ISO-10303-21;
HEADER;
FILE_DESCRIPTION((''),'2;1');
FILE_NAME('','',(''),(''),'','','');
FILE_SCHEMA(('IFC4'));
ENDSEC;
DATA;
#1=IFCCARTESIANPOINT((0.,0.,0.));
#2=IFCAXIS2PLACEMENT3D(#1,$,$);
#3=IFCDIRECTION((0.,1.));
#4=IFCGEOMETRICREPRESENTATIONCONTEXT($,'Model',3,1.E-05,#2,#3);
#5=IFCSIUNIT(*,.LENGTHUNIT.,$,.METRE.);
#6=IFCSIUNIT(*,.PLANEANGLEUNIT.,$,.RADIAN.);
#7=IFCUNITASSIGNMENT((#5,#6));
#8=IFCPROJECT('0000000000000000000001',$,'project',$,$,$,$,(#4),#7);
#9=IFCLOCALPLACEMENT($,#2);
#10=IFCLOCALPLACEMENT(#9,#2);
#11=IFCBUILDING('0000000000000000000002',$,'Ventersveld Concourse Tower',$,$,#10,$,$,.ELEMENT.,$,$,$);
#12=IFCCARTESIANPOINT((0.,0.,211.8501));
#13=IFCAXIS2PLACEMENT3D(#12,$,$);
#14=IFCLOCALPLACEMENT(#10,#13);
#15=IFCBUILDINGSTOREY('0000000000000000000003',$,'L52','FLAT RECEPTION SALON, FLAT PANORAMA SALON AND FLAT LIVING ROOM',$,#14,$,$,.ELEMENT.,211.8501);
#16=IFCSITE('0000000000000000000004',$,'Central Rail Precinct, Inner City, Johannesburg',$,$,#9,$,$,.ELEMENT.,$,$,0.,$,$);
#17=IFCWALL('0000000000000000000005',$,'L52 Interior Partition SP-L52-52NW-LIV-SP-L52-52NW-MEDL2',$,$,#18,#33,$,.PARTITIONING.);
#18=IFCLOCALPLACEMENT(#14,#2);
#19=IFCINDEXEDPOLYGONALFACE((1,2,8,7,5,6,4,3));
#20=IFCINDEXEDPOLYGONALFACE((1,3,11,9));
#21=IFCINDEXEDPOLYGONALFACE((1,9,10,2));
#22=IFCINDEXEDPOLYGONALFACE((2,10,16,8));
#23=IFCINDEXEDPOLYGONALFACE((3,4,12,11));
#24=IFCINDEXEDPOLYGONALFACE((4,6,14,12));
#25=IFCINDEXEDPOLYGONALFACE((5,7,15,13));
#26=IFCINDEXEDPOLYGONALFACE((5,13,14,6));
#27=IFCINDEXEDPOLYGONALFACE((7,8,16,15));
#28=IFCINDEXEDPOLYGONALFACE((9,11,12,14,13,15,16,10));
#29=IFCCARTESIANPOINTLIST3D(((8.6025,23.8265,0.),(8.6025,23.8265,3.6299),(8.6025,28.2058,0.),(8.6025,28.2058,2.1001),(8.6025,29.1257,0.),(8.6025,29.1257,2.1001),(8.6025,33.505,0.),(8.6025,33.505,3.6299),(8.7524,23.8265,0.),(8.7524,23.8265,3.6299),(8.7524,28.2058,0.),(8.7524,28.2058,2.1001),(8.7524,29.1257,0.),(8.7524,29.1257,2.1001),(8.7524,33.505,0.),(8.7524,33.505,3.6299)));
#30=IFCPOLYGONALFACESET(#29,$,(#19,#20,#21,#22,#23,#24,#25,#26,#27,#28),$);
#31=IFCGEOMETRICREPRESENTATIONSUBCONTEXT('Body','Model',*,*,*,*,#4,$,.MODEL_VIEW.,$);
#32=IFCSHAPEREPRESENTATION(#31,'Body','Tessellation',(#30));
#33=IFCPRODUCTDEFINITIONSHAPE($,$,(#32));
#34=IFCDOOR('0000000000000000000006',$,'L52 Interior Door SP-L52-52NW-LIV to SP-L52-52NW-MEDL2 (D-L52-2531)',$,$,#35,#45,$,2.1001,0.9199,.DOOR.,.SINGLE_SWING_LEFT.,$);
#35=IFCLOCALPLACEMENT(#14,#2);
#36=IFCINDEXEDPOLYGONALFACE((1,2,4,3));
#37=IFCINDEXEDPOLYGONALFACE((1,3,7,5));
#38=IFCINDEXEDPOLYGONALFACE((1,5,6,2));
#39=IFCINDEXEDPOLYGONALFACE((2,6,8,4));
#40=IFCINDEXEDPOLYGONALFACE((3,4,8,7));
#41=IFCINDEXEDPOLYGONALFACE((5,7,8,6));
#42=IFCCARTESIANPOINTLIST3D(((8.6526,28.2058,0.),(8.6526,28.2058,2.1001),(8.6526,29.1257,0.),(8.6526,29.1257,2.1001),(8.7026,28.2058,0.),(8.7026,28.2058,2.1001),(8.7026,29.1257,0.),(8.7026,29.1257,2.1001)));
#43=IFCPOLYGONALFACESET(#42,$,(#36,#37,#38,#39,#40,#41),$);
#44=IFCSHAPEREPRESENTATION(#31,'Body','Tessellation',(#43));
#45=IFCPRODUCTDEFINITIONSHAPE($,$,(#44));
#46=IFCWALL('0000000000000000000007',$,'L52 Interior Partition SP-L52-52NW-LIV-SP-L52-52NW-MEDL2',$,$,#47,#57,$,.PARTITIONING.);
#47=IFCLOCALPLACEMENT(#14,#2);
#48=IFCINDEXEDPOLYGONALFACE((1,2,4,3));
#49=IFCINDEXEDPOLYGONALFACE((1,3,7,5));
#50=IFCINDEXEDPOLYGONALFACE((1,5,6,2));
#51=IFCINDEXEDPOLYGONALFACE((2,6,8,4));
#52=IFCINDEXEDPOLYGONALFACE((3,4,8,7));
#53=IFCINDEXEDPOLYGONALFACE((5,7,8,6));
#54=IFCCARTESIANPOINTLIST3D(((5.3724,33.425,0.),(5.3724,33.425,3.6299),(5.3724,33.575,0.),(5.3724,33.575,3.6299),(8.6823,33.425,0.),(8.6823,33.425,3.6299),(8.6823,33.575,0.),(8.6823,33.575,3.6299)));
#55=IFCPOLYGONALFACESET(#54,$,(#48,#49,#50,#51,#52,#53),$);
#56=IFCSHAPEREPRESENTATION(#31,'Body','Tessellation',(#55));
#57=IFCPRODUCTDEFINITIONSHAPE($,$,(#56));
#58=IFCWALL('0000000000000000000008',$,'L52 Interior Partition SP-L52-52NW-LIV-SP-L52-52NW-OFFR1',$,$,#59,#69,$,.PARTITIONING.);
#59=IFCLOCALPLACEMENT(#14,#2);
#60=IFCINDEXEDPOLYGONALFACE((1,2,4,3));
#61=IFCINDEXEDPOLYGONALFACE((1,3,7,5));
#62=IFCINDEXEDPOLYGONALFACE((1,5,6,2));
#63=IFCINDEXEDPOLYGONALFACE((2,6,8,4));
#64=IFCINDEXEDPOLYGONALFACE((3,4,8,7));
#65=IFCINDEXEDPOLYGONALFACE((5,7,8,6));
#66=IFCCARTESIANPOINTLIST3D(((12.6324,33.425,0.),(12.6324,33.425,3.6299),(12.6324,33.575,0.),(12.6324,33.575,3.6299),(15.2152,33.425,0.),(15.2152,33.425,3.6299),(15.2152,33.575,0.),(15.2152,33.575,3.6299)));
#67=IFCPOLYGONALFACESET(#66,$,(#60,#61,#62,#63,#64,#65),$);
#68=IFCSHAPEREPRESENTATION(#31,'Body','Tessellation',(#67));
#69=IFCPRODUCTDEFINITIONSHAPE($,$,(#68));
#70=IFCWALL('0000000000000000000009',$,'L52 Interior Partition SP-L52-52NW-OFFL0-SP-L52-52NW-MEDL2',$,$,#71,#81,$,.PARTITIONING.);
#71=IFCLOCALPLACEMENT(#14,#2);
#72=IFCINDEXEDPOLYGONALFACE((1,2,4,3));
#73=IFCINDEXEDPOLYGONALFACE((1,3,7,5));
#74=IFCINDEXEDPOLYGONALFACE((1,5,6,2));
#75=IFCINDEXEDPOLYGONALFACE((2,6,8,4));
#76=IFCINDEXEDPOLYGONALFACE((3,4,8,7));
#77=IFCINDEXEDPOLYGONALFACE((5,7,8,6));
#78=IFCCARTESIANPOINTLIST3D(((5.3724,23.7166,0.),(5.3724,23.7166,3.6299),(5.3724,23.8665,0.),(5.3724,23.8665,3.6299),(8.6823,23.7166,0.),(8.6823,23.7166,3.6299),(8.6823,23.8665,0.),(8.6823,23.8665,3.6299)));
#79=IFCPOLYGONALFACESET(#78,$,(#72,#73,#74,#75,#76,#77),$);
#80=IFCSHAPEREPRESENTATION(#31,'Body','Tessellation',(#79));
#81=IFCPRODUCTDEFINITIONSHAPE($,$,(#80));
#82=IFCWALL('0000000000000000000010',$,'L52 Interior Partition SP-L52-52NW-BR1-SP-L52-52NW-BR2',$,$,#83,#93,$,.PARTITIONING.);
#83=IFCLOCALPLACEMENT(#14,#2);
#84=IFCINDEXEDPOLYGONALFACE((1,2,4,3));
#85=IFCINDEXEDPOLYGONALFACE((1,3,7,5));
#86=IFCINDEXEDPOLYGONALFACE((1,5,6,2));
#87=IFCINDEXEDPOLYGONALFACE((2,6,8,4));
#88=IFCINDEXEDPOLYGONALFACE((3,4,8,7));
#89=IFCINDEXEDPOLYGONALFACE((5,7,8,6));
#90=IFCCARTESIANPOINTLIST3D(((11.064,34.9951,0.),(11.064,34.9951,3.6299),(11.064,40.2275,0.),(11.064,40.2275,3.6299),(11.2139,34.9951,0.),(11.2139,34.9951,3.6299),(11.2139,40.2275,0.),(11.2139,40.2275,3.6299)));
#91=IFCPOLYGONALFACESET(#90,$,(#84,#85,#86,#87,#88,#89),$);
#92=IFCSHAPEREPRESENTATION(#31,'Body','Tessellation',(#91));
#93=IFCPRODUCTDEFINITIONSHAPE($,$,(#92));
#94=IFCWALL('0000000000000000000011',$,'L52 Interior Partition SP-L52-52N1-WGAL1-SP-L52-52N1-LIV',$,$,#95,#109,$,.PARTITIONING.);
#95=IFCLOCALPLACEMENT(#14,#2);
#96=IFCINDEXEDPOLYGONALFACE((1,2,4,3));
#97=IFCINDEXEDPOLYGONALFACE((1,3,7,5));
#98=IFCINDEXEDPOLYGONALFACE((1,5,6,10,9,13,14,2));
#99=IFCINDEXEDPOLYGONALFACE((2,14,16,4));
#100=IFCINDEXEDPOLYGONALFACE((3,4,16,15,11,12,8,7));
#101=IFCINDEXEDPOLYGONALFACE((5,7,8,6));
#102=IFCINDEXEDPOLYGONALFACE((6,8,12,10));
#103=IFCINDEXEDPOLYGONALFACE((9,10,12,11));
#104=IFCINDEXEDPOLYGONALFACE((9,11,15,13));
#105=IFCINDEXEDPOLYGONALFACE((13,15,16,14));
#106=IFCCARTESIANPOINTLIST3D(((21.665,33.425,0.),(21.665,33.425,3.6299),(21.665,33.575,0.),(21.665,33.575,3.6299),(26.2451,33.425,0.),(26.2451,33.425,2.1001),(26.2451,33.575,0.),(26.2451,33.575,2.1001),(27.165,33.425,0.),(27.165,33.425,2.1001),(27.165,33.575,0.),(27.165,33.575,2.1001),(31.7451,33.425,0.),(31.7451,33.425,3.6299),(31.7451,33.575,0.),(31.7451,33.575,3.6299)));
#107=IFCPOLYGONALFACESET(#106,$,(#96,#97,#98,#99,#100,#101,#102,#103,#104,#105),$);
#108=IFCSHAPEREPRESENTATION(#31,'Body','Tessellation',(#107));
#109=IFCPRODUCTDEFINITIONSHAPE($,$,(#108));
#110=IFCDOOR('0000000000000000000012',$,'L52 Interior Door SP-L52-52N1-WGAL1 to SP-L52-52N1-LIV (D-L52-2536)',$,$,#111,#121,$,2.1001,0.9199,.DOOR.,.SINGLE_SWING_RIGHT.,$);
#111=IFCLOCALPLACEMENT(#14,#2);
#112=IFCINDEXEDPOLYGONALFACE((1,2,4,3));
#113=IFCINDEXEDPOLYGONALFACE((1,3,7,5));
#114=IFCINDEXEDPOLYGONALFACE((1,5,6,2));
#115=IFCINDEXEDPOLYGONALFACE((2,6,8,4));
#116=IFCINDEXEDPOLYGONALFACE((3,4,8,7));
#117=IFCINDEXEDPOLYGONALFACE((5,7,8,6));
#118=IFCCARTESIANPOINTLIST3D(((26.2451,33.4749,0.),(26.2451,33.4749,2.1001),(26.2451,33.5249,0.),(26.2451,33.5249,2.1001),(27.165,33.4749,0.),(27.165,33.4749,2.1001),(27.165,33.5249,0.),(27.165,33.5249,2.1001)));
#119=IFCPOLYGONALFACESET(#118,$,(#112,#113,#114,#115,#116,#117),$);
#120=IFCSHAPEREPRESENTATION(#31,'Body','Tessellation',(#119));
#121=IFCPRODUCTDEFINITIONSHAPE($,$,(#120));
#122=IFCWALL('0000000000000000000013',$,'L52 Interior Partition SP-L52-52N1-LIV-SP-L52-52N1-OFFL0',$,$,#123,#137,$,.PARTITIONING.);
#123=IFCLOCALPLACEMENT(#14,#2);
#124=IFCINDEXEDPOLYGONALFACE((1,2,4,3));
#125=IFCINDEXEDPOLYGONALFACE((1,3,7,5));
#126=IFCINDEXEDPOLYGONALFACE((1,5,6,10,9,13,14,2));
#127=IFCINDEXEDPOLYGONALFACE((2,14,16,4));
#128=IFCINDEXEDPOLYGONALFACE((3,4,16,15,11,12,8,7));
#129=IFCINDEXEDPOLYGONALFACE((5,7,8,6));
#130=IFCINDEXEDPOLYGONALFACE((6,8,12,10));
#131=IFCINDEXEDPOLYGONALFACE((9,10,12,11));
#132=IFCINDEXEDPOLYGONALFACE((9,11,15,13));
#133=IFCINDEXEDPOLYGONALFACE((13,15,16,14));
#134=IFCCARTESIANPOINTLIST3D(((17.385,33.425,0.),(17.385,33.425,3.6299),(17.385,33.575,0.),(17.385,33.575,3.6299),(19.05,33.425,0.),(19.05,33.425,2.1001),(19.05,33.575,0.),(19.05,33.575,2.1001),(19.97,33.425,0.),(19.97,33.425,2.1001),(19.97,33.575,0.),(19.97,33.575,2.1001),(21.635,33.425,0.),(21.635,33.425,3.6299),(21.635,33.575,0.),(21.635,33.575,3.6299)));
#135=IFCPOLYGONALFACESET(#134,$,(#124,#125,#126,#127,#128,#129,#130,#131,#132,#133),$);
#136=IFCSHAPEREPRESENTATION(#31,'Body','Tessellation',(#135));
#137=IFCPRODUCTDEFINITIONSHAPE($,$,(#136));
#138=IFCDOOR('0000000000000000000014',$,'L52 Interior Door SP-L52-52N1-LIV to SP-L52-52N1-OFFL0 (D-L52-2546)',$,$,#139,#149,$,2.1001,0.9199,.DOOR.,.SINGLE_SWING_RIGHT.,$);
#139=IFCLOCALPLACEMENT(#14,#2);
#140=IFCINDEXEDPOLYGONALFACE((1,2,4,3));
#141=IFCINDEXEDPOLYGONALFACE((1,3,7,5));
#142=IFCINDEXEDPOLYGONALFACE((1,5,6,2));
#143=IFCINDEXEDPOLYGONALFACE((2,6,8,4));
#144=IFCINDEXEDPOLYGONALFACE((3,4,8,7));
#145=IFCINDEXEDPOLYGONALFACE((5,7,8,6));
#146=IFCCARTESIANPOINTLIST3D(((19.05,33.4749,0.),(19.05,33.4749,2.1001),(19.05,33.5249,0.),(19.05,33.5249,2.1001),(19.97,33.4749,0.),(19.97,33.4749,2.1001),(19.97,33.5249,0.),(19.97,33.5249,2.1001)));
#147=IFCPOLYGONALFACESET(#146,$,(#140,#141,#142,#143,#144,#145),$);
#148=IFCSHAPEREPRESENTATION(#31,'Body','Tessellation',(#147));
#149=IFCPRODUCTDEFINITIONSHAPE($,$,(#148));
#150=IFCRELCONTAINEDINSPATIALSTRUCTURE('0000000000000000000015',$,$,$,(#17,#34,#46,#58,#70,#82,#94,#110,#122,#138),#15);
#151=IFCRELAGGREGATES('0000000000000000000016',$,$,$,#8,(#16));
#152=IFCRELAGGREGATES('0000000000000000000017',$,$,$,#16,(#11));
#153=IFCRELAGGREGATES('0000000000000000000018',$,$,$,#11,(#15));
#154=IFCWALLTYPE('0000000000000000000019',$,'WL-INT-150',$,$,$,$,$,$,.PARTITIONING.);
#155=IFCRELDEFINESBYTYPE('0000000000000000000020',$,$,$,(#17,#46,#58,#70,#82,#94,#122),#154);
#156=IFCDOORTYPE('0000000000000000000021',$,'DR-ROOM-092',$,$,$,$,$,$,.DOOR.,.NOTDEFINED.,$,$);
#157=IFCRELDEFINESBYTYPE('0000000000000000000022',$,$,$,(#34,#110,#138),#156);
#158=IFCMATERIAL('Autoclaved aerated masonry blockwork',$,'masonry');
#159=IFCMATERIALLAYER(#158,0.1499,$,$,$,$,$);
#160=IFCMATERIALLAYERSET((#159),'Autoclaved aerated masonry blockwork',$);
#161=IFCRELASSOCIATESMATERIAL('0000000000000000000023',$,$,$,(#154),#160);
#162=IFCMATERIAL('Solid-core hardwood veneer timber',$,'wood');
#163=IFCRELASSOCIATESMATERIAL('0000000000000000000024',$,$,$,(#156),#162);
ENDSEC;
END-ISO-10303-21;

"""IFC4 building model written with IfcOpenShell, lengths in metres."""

from ifc_helpers import new_model, si_unit, direction, frame, frame_2d, origin, place, context, subcontext, project, spatial, rectangle, extrude, material, layer, layer_set, type_object, element, fill, save


model = new_model("IFC4")

# Units and contexts
model_context = context("Model", 3, precision=1e-05, world=origin(), true_north=direction((0.0, 1.0)))
body_context = subcontext(model_context, "Body", "Model", "MODEL_VIEW")
ifc_project = project(units=[si_unit("LENGTHUNIT", "METRE"), si_unit("PLANEANGLEUNIT", "RADIAN")], contexts=[model_context])

# Site, building, storey
site_placement = place(None, origin())
site = spatial("IfcSite", under=ifc_project, at=site_placement, Name="Central Rail Precinct, Inner City, Johannesburg", CompositionType="ELEMENT", RefElevation=0.0)
building_placement = place(site_placement, origin())
building = spatial("IfcBuilding", under=site, at=building_placement, Name="Ventersveld Concourse Tower", CompositionType="ELEMENT")
storey_placement = place(building_placement, frame((0.0, 0.0, 211.8501)))
storey = spatial("IfcBuildingStorey", under=building, at=storey_placement, Name="L52", Description="FLAT RECEPTION SALON, FLAT PANORAMA SALON AND FLAT LIVING ROOM", CompositionType="ELEMENT", Elevation=211.8501)

# Wall, opening, door
ifc_material_1 = material(Name="Autoclaved aerated masonry blockwork", Category="masonry")
ifc_layer_1 = layer(ifc_material_1, 0.1499)
ifc_layer_set_1 = layer_set([ifc_layer_1], Name="Autoclaved aerated masonry blockwork")
wall_type_1 = type_object("IfcWallType", Name="WL-INT-150", PredefinedType="PARTITIONING", material=ifc_layer_set_1)
wall_1_placement = place(storey_placement, frame((8.6775, 23.8264, 0.0), z_axis=(0.0, 0.0, 1.0), x_axis=(0.0, 1.0, 0.0)))
wall_1 = element("IfcWall", 1, at=wall_1_placement, inside=storey, type_object=wall_type_1, Name="L52 Interior Partition SP-L52-52NW-LIV-SP-L52-52NW-MEDL2", PredefinedType="PARTITIONING", context=body_context, shape_type="SweptSolid", body=[
    extrude(rectangle(XDim=9.6785, YDim=0.1499, at=frame_2d((4.8394, 0.0))), origin(), (0.0, 0.0, 1.0), 3.6299),
])
opening_1_placement = place(wall_1_placement, frame((4.3794, 0.0, 0.0)))
opening_1 = element("IfcOpeningElement", 2, at=opening_1_placement, cuts=wall_1, PredefinedType="OPENING", context=body_context, shape_type="SweptSolid", body=[
    extrude(rectangle(XDim=0.9199, YDim=2.1001, at=frame_2d((0.46, 1.05))), frame((0.0, 0.085, 0.0), z_axis=(0.0, -1.0, 0.0), x_axis=(1.0, 0.0, 0.0)), (0.0, 0.0, 1.0), 0.1699),
])
ifc_material_2 = material(Name="Solid-core hardwood veneer timber", Category="wood")
door_type = type_object("IfcDoorType", Name="DR-ROOM-092", OperationType="NOTDEFINED", PredefinedType="DOOR", material=ifc_material_2)
door_1_placement = place(opening_1_placement, origin())
door_1 = element("IfcDoor", 3, at=door_1_placement, inside=storey, type_object=door_type, Name="L52 Interior Door SP-L52-52NW-LIV to SP-L52-52NW-MEDL2 (D-L52-2531)", OperationType="SINGLE_SWING_LEFT", OverallHeight=2.1001, OverallWidth=0.9199, PredefinedType="DOOR", context=body_context, shape_type="SweptSolid", body=[
    extrude(rectangle(XDim=0.9199, YDim=2.1001, at=frame_2d((0.46, 1.05))), frame((0.0, 0.0249, 0.0), z_axis=(0.0, -1.0, 0.0), x_axis=(1.0, 0.0, 0.0)), (0.0, 0.0, 1.0), 0.05),
])
fill(opening_1, door_1)

# Walls
wall_2_placement = place(storey_placement, frame((5.3726, 33.5, 0.0), z_axis=(0.0, 0.0, 1.0), x_axis=(1.0, 0.0, 0.0)))
element("IfcWall", 4, at=wall_2_placement, inside=storey, type_object=wall_type_1, Name="L52 Interior Partition SP-L52-52NW-LIV-SP-L52-52NW-MEDL2", PredefinedType="PARTITIONING", context=body_context, shape_type="SweptSolid", body=[
    extrude(rectangle(XDim=3.3098, YDim=0.1499, at=frame_2d((1.6548, 0.0))), origin(), (0.0, 0.0, 1.0), 3.6299),
])
wall_3_placement = place(storey_placement, frame((12.6323, 33.5, 0.0), z_axis=(0.0, 0.0, 1.0), x_axis=(1.0, 0.0, 0.0)))
element("IfcWall", 5, at=wall_3_placement, inside=storey, type_object=wall_type_1, Name="L52 Interior Partition SP-L52-52NW-LIV-SP-L52-52NW-OFFR1", PredefinedType="PARTITIONING", context=body_context, shape_type="SweptSolid", body=[
    extrude(rectangle(XDim=2.5828, YDim=0.1499, at=frame_2d((1.2915, 0.0))), origin(), (0.0, 0.0, 1.0), 3.6299),
])
wall_4_placement = place(storey_placement, frame((5.3726, 23.7915, 0.0), z_axis=(0.0, 0.0, 1.0), x_axis=(1.0, 0.0, 0.0)))
element("IfcWall", 6, at=wall_4_placement, inside=storey, type_object=wall_type_1, Name="L52 Interior Partition SP-L52-52NW-OFFL0-SP-L52-52NW-MEDL2", PredefinedType="PARTITIONING", context=body_context, shape_type="SweptSolid", body=[
    extrude(rectangle(XDim=3.3098, YDim=0.1499, at=frame_2d((1.6548, 0.0))), origin(), (0.0, 0.0, 1.0), 3.6299),
])
wall_5_placement = place(storey_placement, frame((11.1389, 34.9951, 0.0), z_axis=(0.0, 0.0, 1.0), x_axis=(0.0, 1.0, 0.0)))
element("IfcWall", 7, at=wall_5_placement, inside=storey, type_object=wall_type_1, Name="L52 Interior Partition SP-L52-52NW-BR1-SP-L52-52NW-BR2", PredefinedType="PARTITIONING", context=body_context, shape_type="SweptSolid", body=[
    extrude(rectangle(XDim=5.2324, YDim=0.1499, at=frame_2d((2.6162, 0.0))), origin(), (0.0, 0.0, 1.0), 3.6299),
])

# Walls, openings, doors
wall_6_placement = place(storey_placement, frame((21.665, 33.5, 0.0), z_axis=(0.0, 0.0, 1.0), x_axis=(1.0, 0.0, 0.0)))
wall_6 = element("IfcWall", 8, at=wall_6_placement, inside=storey, type_object=wall_type_1, Name="L52 Interior Partition SP-L52-52N1-WGAL1-SP-L52-52N1-LIV", PredefinedType="PARTITIONING", context=body_context, shape_type="SweptSolid", body=[
    extrude(rectangle(XDim=10.0801, YDim=0.1499, at=frame_2d((5.04, 0.0))), origin(), (0.0, 0.0, 1.0), 3.6299),
])
opening_2_placement = place(wall_6_placement, frame((4.5801, 0.0, 0.0)))
opening_2 = element("IfcOpeningElement", 9, at=opening_2_placement, cuts=wall_6, PredefinedType="OPENING", context=body_context, shape_type="SweptSolid", body=[
    extrude(rectangle(XDim=0.9199, YDim=2.1001, at=frame_2d((0.46, 1.05))), frame((0.0, 0.085, 0.0), z_axis=(0.0, -1.0, 0.0), x_axis=(1.0, 0.0, 0.0)), (0.0, 0.0, 1.0), 0.1699),
])
door_2_placement = place(opening_2_placement, origin())
door_2 = element("IfcDoor", 10, at=door_2_placement, inside=storey, type_object=door_type, Name="L52 Interior Door SP-L52-52N1-WGAL1 to SP-L52-52N1-LIV (D-L52-2536)", OperationType="SINGLE_SWING_RIGHT", OverallHeight=2.1001, OverallWidth=0.9199, PredefinedType="DOOR", context=body_context, shape_type="SweptSolid", body=[
    extrude(rectangle(XDim=0.9199, YDim=2.1001, at=frame_2d((0.46, 1.05))), frame((0.0, 0.0249, 0.0), z_axis=(0.0, -1.0, 0.0), x_axis=(1.0, 0.0, 0.0)), (0.0, 0.0, 1.0), 0.05),
])
fill(opening_2, door_2)
wall_7_placement = place(storey_placement, frame((17.385, 33.5, 0.0), z_axis=(0.0, 0.0, 1.0), x_axis=(1.0, 0.0, 0.0)))
wall_7 = element("IfcWall", 11, at=wall_7_placement, inside=storey, type_object=wall_type_1, Name="L52 Interior Partition SP-L52-52N1-LIV-SP-L52-52N1-OFFL0", PredefinedType="PARTITIONING", context=body_context, shape_type="SweptSolid", body=[
    extrude(rectangle(XDim=4.25, YDim=0.1499, at=frame_2d((2.125, 0.0))), origin(), (0.0, 0.0, 1.0), 3.6299),
])
opening_3_placement = place(wall_7_placement, frame((1.665, 0.0, 0.0)))
opening_3 = element("IfcOpeningElement", 12, at=opening_3_placement, cuts=wall_7, PredefinedType="OPENING", context=body_context, shape_type="SweptSolid", body=[
    extrude(rectangle(XDim=0.9199, YDim=2.1001, at=frame_2d((0.46, 1.05))), frame((0.0, 0.085, 0.0), z_axis=(0.0, -1.0, 0.0), x_axis=(1.0, 0.0, 0.0)), (0.0, 0.0, 1.0), 0.1699),
])
door_3_placement = place(opening_3_placement, origin())
door_3 = element("IfcDoor", 13, at=door_3_placement, inside=storey, type_object=door_type, Name="L52 Interior Door SP-L52-52N1-LIV to SP-L52-52N1-OFFL0 (D-L52-2546)", OperationType="SINGLE_SWING_RIGHT", OverallHeight=2.1001, OverallWidth=0.9199, PredefinedType="DOOR", context=body_context, shape_type="SweptSolid", body=[
    extrude(rectangle(XDim=0.9199, YDim=2.1001, at=frame_2d((0.46, 1.05))), frame((0.0, 0.0249, 0.0), z_axis=(0.0, -1.0, 0.0), x_axis=(1.0, 0.0, 0.0)), (0.0, 0.0, 1.0), 0.05),
])
fill(opening_3, door_3)

save(model, "model.ifc")
